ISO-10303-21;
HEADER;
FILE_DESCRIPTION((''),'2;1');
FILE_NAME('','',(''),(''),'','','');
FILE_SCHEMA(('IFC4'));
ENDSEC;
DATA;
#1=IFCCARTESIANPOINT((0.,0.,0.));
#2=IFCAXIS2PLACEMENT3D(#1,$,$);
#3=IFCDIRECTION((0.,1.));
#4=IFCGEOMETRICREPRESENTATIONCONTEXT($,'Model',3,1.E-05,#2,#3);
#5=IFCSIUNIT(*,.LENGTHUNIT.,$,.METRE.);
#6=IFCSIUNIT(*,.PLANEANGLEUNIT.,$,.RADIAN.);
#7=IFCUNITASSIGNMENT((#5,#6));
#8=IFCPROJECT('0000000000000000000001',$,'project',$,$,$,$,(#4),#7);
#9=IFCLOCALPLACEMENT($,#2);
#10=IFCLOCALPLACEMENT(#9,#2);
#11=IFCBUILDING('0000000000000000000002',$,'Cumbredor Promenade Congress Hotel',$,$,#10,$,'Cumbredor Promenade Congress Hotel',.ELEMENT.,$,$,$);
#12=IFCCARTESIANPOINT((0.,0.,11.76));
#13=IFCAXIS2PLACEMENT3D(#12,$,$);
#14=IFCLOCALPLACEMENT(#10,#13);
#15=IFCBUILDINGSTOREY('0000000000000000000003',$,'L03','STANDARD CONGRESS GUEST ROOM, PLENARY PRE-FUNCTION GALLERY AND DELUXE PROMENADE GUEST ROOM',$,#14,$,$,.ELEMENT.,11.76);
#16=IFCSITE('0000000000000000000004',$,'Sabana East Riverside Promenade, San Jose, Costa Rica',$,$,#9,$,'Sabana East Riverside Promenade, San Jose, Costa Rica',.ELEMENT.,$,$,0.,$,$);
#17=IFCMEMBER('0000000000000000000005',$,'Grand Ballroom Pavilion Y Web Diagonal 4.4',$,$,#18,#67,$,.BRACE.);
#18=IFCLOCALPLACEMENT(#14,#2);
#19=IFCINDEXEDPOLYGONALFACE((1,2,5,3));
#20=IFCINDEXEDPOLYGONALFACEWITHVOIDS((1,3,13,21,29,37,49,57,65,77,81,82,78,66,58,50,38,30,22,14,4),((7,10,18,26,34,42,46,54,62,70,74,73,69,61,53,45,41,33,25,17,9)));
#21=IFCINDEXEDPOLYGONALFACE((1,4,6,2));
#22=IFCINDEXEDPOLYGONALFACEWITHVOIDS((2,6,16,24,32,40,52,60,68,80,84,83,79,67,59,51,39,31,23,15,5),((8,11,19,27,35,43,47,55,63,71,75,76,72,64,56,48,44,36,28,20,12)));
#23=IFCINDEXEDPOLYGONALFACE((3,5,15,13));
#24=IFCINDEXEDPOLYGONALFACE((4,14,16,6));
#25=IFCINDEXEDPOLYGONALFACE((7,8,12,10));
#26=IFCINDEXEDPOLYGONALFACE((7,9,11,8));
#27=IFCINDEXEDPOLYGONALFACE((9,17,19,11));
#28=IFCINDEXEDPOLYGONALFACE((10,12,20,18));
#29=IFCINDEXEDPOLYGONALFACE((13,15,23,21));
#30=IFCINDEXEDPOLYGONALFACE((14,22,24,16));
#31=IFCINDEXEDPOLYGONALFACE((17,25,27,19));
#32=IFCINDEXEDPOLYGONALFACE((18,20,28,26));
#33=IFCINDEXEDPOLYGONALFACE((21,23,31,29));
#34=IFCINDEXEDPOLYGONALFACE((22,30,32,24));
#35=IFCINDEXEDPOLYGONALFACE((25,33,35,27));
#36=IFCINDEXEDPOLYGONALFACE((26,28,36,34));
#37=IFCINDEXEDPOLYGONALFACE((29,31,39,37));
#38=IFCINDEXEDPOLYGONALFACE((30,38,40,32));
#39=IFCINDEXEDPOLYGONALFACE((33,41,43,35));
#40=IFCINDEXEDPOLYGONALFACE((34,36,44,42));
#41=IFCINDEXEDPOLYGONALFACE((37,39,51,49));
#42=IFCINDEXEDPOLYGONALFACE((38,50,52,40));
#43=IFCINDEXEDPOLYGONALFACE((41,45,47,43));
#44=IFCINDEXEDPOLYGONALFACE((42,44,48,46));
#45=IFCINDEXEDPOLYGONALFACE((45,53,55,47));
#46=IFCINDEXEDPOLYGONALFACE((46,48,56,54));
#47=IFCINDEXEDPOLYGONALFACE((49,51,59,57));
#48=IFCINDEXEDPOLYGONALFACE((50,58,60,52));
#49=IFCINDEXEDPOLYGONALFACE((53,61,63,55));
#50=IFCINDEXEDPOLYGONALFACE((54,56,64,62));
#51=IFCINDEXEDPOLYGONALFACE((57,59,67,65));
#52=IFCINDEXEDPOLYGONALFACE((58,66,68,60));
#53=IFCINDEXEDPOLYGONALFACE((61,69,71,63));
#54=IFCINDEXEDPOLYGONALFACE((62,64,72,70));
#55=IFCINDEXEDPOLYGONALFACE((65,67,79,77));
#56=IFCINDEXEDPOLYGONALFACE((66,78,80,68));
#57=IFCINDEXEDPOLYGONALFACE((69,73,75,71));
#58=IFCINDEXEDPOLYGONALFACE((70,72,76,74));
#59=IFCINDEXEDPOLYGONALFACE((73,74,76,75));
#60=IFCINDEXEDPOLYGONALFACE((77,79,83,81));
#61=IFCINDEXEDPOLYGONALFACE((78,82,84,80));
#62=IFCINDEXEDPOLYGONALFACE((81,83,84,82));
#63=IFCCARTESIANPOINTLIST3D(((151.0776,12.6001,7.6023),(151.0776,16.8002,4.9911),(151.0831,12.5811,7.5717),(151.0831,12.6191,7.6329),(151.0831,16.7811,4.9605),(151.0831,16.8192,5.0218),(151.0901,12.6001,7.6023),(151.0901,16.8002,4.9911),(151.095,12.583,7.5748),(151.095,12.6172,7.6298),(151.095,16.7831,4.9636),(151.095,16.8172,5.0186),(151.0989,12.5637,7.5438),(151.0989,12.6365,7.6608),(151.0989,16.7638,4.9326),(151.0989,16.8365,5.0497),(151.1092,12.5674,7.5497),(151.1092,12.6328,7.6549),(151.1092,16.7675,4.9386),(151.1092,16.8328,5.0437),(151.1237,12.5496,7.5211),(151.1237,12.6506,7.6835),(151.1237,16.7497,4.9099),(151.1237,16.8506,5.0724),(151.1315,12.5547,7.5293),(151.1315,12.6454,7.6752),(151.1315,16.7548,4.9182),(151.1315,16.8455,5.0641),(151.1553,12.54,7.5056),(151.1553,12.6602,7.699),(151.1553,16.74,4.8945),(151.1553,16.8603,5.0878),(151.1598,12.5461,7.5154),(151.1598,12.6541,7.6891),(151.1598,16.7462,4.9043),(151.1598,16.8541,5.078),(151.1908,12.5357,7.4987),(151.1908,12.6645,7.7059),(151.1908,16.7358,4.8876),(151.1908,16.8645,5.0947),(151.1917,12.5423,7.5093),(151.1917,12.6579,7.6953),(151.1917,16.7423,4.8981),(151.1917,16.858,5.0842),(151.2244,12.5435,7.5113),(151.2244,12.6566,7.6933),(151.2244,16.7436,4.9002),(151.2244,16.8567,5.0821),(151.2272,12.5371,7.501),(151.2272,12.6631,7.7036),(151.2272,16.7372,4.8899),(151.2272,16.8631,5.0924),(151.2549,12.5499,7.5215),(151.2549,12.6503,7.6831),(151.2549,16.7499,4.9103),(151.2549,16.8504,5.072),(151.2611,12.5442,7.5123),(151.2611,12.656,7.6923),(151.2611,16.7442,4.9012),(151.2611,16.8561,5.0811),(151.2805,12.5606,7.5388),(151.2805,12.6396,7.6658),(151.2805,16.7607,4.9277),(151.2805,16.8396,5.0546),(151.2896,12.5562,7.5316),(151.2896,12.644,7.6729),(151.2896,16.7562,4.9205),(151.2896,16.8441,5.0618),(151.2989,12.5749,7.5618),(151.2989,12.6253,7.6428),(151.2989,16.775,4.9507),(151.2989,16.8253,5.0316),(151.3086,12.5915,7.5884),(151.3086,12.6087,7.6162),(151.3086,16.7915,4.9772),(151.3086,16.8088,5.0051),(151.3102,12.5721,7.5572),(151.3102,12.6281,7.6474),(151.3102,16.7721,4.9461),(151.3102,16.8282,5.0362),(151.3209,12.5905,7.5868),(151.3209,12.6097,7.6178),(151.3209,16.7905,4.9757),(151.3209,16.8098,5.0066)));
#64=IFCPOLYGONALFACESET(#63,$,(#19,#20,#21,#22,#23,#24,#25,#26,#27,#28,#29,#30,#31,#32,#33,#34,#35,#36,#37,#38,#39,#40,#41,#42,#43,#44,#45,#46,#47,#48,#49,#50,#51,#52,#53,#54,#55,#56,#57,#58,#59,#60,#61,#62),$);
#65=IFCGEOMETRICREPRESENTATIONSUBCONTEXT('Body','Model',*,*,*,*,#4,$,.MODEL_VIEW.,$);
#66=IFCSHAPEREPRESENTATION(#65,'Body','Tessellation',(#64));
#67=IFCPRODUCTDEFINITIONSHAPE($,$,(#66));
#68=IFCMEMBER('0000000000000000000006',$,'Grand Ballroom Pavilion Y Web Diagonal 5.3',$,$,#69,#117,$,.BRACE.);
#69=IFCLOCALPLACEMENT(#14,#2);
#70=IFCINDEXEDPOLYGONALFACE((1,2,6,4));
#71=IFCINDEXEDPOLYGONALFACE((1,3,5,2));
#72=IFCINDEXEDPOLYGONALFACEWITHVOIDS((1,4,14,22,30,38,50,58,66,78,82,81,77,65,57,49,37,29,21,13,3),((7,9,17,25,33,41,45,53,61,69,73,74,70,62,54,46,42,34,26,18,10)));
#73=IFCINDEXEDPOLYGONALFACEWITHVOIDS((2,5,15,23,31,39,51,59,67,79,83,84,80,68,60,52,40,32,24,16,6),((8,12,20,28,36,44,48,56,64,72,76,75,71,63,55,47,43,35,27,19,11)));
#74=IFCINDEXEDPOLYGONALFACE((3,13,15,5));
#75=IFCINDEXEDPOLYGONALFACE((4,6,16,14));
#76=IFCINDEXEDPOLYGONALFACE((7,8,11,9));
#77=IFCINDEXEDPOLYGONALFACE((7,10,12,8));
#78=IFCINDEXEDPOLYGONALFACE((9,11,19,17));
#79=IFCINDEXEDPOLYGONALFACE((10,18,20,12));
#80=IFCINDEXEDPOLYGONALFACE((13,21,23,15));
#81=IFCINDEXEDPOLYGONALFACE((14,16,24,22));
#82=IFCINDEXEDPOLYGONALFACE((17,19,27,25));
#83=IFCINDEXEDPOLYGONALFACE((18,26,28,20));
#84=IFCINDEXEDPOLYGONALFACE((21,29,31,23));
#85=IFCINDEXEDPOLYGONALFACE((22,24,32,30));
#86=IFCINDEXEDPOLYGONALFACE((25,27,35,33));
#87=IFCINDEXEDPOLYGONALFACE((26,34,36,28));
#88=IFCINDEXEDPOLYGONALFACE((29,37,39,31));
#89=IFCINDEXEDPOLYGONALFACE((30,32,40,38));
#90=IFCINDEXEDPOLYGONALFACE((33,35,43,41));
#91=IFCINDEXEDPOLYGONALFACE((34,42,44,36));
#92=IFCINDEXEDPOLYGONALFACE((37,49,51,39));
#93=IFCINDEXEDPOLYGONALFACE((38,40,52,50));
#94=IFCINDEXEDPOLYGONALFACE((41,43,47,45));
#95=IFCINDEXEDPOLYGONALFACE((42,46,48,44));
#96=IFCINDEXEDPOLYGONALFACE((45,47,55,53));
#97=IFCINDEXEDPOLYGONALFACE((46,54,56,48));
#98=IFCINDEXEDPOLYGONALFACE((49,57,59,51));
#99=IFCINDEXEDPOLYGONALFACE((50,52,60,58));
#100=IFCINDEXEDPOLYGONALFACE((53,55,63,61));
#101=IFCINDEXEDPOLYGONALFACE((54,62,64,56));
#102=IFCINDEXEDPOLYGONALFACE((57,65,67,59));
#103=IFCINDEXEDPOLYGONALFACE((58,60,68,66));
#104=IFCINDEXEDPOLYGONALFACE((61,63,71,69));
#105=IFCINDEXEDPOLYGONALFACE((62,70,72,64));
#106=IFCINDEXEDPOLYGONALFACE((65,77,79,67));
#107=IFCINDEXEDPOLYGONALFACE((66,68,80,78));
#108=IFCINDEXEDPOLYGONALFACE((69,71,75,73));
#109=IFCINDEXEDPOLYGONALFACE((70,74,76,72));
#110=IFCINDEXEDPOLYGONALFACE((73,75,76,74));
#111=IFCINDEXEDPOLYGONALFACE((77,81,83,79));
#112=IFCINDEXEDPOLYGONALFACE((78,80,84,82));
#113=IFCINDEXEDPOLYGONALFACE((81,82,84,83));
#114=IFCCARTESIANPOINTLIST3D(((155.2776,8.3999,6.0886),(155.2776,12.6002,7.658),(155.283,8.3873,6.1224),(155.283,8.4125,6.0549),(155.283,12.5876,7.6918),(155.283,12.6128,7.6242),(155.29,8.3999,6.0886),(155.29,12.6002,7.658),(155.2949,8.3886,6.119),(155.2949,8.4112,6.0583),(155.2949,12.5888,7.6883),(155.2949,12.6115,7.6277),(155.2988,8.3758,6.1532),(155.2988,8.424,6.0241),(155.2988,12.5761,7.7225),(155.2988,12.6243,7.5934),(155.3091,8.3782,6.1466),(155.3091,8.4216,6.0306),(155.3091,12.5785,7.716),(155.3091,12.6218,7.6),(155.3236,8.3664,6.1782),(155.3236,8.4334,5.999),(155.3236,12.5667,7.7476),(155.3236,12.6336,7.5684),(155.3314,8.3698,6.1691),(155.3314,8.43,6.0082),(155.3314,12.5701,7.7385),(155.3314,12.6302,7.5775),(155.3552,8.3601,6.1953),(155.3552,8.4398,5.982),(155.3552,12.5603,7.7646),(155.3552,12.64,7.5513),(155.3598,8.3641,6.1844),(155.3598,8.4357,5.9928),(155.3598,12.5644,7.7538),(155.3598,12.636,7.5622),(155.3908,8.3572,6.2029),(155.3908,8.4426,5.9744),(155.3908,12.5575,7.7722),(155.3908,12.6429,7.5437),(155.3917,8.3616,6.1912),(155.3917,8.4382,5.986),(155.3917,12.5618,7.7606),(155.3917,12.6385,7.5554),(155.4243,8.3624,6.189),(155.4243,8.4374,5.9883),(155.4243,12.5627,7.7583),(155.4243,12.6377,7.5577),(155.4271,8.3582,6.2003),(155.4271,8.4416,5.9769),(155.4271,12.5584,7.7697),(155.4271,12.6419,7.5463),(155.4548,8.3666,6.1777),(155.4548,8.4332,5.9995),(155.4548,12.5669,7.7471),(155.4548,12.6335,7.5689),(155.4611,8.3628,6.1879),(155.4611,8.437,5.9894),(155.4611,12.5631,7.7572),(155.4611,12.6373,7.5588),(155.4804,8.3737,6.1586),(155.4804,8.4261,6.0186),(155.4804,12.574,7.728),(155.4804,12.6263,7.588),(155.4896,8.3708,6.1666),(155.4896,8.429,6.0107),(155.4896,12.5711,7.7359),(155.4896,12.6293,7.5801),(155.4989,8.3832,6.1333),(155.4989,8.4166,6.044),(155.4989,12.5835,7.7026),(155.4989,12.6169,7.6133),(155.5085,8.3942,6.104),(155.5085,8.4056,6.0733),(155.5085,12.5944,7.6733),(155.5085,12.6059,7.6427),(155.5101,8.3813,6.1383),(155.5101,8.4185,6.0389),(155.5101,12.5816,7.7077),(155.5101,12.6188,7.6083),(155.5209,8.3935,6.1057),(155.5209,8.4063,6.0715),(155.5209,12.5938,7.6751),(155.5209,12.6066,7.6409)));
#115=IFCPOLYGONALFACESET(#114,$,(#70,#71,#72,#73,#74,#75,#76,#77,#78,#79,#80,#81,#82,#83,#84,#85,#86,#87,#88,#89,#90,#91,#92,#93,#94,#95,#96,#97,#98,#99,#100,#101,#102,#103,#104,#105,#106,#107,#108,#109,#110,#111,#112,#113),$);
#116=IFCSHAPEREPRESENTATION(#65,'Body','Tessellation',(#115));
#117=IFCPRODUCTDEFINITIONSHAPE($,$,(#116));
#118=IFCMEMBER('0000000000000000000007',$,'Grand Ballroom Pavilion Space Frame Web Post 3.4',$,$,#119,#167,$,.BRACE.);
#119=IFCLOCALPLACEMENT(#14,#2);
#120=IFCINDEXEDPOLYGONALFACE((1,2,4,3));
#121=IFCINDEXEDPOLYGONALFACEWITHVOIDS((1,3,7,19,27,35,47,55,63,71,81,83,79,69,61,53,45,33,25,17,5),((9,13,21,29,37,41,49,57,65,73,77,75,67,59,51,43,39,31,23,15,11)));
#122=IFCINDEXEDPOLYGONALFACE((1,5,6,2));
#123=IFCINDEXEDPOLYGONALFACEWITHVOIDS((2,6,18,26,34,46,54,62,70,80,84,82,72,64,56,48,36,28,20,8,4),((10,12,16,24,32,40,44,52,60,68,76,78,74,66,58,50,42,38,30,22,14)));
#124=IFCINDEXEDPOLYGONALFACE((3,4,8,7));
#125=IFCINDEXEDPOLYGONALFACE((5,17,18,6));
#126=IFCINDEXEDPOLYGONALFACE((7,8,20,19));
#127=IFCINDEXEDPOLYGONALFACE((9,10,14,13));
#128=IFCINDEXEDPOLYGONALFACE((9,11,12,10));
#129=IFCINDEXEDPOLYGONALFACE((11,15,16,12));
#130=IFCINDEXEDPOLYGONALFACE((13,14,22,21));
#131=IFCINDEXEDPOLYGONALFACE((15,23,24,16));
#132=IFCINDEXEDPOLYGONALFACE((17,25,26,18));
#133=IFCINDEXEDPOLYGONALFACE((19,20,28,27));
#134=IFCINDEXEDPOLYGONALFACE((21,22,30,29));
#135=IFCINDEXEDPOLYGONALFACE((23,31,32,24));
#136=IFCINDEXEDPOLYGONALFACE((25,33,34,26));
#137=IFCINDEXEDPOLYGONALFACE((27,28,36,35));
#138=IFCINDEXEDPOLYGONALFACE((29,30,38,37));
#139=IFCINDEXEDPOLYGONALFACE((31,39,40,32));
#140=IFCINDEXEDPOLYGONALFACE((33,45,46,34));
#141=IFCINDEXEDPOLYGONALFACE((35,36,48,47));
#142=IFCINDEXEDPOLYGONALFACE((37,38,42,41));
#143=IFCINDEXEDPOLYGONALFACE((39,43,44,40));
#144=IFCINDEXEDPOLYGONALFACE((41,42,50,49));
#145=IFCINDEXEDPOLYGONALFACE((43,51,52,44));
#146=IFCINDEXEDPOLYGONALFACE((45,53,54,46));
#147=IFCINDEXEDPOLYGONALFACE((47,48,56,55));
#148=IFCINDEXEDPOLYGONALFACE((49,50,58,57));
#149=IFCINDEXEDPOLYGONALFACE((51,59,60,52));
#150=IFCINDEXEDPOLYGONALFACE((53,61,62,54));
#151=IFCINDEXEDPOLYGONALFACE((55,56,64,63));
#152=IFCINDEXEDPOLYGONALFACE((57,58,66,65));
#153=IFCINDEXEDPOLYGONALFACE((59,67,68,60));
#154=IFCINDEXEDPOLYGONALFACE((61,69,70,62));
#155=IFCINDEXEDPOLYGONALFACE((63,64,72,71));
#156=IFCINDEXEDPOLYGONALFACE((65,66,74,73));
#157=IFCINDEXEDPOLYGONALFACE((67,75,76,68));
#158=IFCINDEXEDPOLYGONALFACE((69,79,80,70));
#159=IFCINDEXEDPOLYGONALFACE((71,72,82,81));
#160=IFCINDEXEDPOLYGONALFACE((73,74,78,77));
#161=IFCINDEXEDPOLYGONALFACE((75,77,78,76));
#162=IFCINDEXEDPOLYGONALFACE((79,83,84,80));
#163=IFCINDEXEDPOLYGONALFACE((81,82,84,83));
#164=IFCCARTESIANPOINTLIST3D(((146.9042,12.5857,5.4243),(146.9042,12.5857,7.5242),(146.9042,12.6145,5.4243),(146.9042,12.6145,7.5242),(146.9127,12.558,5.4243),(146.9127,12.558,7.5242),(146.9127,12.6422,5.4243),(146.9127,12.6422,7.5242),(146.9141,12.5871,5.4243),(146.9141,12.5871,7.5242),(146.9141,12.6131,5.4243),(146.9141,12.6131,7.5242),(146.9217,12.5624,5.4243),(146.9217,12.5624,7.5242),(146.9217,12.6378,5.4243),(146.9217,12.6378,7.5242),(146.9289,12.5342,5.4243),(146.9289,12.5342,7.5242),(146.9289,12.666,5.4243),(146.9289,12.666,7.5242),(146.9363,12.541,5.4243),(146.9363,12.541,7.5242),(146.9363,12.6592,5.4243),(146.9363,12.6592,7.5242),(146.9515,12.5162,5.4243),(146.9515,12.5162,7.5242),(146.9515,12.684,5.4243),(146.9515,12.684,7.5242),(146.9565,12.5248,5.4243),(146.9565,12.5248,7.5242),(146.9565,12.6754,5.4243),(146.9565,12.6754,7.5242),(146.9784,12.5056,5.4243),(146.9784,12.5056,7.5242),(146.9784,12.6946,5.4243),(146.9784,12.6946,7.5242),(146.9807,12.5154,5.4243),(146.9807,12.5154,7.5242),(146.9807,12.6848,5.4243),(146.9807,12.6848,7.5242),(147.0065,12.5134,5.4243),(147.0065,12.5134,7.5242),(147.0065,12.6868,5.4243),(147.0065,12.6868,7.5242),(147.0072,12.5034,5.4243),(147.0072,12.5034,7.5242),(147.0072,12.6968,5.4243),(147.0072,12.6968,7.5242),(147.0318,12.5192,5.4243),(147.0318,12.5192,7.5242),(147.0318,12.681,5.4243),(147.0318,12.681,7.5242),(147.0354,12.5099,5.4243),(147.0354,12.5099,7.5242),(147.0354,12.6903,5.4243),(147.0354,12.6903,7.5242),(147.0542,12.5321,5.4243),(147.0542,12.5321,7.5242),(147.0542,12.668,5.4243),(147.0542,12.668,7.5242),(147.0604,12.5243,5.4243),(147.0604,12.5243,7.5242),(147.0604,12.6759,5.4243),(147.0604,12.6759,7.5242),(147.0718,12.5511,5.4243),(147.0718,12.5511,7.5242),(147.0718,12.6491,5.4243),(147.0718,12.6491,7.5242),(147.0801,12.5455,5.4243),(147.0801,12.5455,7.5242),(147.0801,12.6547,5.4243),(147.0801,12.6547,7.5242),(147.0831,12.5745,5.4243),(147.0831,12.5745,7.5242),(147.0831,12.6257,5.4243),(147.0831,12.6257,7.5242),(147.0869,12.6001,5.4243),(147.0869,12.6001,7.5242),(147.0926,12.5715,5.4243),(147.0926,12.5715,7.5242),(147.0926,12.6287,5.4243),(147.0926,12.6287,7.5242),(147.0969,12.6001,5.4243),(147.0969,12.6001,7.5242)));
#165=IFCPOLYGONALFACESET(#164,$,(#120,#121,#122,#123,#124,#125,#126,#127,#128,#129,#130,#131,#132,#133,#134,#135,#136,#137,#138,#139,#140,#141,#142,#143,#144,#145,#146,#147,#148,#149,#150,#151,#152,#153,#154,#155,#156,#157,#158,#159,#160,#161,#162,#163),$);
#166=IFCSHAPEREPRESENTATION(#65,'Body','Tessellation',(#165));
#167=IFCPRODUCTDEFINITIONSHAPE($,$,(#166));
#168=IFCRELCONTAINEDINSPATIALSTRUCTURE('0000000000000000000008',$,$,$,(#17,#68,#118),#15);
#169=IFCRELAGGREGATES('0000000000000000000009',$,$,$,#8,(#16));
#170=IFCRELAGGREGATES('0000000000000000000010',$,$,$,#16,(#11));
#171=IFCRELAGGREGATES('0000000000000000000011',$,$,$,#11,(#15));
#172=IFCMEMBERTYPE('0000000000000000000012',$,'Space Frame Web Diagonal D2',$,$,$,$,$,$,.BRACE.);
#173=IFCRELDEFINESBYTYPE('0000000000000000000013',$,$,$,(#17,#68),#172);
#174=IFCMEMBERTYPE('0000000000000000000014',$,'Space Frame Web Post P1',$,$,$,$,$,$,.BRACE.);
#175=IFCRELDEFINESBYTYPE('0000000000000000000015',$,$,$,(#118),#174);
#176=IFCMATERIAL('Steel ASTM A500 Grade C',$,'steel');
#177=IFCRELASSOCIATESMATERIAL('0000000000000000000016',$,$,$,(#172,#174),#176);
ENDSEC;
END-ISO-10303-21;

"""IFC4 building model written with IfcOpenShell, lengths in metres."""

from ifc_helpers import new_model, si_unit, direction, frame, origin, origin_2d, place, context, subcontext, project, spatial, hollow_circle, extrude, material, material_profile, profile_set, type_object, element, save


model = new_model("IFC4")

# Units and contexts
model_context = context("Model", 3, precision=1e-05, world=origin(), true_north=direction((0.0, 1.0)))
body_context = subcontext(model_context, "Body", "Model", "MODEL_VIEW")
ifc_project = project(units=[si_unit("LENGTHUNIT", "METRE"), si_unit("PLANEANGLEUNIT", "RADIAN")], contexts=[model_context])

# Site, building, storey
site_placement = place(None, origin())
site = spatial("IfcSite", under=ifc_project, at=site_placement, Name="Sabana East Riverside Promenade, San Jose, Costa Rica", LongName="Sabana East Riverside Promenade, San Jose, Costa Rica", CompositionType="ELEMENT", RefElevation=0.0)
building_placement = place(site_placement, origin())
building = spatial("IfcBuilding", under=site, at=building_placement, Name="Cumbredor Promenade Congress Hotel", LongName="Cumbredor Promenade Congress Hotel", CompositionType="ELEMENT")
storey_placement = place(building_placement, frame((0.0, 0.0, 11.76)))
storey = spatial("IfcBuildingStorey", under=building, at=storey_placement, Name="L03", Description="STANDARD CONGRESS GUEST ROOM, PLENARY PRE-FUNCTION GALLERY AND DELUXE PROMENADE GUEST ROOM", CompositionType="ELEMENT", Elevation=11.76)

# Members
ifc_material_1 = material(Name="Steel ASTM A500 Grade C", Category="steel")
ifc_material_profile_1 = material_profile(ifc_material_1, hollow_circle(Radius=0.1223, WallThickness=0.0125, at=origin_2d()), Name="CHS 244.5x12.5")
ifc_profile_set_1 = profile_set([ifc_material_profile_1], Name="Steel ASTM A500 Grade C")
member_type_1 = type_object("IfcMemberType", Name="Space Frame Web Diagonal D2", PredefinedType="BRACE", material=ifc_profile_set_1)
member_1_placement = place(storey_placement, frame((151.2, 12.6001, 7.6023), z_axis=(0.0, 0.849258, -0.527978), x_axis=(-1.0, 0.0, 0.0)))
element("IfcMember", 1, at=member_1_placement, inside=storey, type_object=member_type_1, Name="Grand Ballroom Pavilion Y Web Diagonal 4.4", PredefinedType="BRACE", context=body_context, shape_type="SweptSolid", body=[
    extrude(hollow_circle(Radius=0.1223, WallThickness=0.0125, at=origin_2d()), origin(), (0.0, 0.0, 1.0), 4.9456),
])
member_2_placement = place(storey_placement, frame((155.3999, 8.3999, 6.0886), z_axis=(0.0, 0.936749, 0.350001), x_axis=(-1.0, 0.0, 0.0)))
element("IfcMember", 2, at=member_2_placement, inside=storey, type_object=member_type_1, Name="Grand Ballroom Pavilion Y Web Diagonal 5.3", PredefinedType="BRACE", context=body_context, shape_type="SweptSolid", body=[
    extrude(hollow_circle(Radius=0.1223, WallThickness=0.0125, at=origin_2d()), origin(), (0.0, 0.0, 1.0), 4.4839),
])
ifc_material_profile_2 = material_profile(ifc_material_1, hollow_circle(Radius=0.0969, WallThickness=0.01, at=origin_2d()), Name="CHS 193.7x10")
ifc_profile_set_2 = profile_set([ifc_material_profile_2], Name="Steel ASTM A500 Grade C")
member_type_2 = type_object("IfcMemberType", Name="Space Frame Web Post P1", PredefinedType="BRACE", material=ifc_profile_set_2)
member_3_placement = place(storey_placement, frame((147.0, 12.6001, 5.4243), z_axis=(0.0, 0.0, 1.0), x_axis=(1.0, 0.0, 0.0)))
element("IfcMember", 3, at=member_3_placement, inside=storey, type_object=member_type_2, Name="Grand Ballroom Pavilion Space Frame Web Post 3.4", PredefinedType="BRACE", context=body_context, shape_type="SweptSolid", body=[
    extrude(hollow_circle(Radius=0.0969, WallThickness=0.01, at=origin_2d()), origin(), (0.0, 0.0, 1.0), 2.0999),
])

save(model, "model.ifc")
